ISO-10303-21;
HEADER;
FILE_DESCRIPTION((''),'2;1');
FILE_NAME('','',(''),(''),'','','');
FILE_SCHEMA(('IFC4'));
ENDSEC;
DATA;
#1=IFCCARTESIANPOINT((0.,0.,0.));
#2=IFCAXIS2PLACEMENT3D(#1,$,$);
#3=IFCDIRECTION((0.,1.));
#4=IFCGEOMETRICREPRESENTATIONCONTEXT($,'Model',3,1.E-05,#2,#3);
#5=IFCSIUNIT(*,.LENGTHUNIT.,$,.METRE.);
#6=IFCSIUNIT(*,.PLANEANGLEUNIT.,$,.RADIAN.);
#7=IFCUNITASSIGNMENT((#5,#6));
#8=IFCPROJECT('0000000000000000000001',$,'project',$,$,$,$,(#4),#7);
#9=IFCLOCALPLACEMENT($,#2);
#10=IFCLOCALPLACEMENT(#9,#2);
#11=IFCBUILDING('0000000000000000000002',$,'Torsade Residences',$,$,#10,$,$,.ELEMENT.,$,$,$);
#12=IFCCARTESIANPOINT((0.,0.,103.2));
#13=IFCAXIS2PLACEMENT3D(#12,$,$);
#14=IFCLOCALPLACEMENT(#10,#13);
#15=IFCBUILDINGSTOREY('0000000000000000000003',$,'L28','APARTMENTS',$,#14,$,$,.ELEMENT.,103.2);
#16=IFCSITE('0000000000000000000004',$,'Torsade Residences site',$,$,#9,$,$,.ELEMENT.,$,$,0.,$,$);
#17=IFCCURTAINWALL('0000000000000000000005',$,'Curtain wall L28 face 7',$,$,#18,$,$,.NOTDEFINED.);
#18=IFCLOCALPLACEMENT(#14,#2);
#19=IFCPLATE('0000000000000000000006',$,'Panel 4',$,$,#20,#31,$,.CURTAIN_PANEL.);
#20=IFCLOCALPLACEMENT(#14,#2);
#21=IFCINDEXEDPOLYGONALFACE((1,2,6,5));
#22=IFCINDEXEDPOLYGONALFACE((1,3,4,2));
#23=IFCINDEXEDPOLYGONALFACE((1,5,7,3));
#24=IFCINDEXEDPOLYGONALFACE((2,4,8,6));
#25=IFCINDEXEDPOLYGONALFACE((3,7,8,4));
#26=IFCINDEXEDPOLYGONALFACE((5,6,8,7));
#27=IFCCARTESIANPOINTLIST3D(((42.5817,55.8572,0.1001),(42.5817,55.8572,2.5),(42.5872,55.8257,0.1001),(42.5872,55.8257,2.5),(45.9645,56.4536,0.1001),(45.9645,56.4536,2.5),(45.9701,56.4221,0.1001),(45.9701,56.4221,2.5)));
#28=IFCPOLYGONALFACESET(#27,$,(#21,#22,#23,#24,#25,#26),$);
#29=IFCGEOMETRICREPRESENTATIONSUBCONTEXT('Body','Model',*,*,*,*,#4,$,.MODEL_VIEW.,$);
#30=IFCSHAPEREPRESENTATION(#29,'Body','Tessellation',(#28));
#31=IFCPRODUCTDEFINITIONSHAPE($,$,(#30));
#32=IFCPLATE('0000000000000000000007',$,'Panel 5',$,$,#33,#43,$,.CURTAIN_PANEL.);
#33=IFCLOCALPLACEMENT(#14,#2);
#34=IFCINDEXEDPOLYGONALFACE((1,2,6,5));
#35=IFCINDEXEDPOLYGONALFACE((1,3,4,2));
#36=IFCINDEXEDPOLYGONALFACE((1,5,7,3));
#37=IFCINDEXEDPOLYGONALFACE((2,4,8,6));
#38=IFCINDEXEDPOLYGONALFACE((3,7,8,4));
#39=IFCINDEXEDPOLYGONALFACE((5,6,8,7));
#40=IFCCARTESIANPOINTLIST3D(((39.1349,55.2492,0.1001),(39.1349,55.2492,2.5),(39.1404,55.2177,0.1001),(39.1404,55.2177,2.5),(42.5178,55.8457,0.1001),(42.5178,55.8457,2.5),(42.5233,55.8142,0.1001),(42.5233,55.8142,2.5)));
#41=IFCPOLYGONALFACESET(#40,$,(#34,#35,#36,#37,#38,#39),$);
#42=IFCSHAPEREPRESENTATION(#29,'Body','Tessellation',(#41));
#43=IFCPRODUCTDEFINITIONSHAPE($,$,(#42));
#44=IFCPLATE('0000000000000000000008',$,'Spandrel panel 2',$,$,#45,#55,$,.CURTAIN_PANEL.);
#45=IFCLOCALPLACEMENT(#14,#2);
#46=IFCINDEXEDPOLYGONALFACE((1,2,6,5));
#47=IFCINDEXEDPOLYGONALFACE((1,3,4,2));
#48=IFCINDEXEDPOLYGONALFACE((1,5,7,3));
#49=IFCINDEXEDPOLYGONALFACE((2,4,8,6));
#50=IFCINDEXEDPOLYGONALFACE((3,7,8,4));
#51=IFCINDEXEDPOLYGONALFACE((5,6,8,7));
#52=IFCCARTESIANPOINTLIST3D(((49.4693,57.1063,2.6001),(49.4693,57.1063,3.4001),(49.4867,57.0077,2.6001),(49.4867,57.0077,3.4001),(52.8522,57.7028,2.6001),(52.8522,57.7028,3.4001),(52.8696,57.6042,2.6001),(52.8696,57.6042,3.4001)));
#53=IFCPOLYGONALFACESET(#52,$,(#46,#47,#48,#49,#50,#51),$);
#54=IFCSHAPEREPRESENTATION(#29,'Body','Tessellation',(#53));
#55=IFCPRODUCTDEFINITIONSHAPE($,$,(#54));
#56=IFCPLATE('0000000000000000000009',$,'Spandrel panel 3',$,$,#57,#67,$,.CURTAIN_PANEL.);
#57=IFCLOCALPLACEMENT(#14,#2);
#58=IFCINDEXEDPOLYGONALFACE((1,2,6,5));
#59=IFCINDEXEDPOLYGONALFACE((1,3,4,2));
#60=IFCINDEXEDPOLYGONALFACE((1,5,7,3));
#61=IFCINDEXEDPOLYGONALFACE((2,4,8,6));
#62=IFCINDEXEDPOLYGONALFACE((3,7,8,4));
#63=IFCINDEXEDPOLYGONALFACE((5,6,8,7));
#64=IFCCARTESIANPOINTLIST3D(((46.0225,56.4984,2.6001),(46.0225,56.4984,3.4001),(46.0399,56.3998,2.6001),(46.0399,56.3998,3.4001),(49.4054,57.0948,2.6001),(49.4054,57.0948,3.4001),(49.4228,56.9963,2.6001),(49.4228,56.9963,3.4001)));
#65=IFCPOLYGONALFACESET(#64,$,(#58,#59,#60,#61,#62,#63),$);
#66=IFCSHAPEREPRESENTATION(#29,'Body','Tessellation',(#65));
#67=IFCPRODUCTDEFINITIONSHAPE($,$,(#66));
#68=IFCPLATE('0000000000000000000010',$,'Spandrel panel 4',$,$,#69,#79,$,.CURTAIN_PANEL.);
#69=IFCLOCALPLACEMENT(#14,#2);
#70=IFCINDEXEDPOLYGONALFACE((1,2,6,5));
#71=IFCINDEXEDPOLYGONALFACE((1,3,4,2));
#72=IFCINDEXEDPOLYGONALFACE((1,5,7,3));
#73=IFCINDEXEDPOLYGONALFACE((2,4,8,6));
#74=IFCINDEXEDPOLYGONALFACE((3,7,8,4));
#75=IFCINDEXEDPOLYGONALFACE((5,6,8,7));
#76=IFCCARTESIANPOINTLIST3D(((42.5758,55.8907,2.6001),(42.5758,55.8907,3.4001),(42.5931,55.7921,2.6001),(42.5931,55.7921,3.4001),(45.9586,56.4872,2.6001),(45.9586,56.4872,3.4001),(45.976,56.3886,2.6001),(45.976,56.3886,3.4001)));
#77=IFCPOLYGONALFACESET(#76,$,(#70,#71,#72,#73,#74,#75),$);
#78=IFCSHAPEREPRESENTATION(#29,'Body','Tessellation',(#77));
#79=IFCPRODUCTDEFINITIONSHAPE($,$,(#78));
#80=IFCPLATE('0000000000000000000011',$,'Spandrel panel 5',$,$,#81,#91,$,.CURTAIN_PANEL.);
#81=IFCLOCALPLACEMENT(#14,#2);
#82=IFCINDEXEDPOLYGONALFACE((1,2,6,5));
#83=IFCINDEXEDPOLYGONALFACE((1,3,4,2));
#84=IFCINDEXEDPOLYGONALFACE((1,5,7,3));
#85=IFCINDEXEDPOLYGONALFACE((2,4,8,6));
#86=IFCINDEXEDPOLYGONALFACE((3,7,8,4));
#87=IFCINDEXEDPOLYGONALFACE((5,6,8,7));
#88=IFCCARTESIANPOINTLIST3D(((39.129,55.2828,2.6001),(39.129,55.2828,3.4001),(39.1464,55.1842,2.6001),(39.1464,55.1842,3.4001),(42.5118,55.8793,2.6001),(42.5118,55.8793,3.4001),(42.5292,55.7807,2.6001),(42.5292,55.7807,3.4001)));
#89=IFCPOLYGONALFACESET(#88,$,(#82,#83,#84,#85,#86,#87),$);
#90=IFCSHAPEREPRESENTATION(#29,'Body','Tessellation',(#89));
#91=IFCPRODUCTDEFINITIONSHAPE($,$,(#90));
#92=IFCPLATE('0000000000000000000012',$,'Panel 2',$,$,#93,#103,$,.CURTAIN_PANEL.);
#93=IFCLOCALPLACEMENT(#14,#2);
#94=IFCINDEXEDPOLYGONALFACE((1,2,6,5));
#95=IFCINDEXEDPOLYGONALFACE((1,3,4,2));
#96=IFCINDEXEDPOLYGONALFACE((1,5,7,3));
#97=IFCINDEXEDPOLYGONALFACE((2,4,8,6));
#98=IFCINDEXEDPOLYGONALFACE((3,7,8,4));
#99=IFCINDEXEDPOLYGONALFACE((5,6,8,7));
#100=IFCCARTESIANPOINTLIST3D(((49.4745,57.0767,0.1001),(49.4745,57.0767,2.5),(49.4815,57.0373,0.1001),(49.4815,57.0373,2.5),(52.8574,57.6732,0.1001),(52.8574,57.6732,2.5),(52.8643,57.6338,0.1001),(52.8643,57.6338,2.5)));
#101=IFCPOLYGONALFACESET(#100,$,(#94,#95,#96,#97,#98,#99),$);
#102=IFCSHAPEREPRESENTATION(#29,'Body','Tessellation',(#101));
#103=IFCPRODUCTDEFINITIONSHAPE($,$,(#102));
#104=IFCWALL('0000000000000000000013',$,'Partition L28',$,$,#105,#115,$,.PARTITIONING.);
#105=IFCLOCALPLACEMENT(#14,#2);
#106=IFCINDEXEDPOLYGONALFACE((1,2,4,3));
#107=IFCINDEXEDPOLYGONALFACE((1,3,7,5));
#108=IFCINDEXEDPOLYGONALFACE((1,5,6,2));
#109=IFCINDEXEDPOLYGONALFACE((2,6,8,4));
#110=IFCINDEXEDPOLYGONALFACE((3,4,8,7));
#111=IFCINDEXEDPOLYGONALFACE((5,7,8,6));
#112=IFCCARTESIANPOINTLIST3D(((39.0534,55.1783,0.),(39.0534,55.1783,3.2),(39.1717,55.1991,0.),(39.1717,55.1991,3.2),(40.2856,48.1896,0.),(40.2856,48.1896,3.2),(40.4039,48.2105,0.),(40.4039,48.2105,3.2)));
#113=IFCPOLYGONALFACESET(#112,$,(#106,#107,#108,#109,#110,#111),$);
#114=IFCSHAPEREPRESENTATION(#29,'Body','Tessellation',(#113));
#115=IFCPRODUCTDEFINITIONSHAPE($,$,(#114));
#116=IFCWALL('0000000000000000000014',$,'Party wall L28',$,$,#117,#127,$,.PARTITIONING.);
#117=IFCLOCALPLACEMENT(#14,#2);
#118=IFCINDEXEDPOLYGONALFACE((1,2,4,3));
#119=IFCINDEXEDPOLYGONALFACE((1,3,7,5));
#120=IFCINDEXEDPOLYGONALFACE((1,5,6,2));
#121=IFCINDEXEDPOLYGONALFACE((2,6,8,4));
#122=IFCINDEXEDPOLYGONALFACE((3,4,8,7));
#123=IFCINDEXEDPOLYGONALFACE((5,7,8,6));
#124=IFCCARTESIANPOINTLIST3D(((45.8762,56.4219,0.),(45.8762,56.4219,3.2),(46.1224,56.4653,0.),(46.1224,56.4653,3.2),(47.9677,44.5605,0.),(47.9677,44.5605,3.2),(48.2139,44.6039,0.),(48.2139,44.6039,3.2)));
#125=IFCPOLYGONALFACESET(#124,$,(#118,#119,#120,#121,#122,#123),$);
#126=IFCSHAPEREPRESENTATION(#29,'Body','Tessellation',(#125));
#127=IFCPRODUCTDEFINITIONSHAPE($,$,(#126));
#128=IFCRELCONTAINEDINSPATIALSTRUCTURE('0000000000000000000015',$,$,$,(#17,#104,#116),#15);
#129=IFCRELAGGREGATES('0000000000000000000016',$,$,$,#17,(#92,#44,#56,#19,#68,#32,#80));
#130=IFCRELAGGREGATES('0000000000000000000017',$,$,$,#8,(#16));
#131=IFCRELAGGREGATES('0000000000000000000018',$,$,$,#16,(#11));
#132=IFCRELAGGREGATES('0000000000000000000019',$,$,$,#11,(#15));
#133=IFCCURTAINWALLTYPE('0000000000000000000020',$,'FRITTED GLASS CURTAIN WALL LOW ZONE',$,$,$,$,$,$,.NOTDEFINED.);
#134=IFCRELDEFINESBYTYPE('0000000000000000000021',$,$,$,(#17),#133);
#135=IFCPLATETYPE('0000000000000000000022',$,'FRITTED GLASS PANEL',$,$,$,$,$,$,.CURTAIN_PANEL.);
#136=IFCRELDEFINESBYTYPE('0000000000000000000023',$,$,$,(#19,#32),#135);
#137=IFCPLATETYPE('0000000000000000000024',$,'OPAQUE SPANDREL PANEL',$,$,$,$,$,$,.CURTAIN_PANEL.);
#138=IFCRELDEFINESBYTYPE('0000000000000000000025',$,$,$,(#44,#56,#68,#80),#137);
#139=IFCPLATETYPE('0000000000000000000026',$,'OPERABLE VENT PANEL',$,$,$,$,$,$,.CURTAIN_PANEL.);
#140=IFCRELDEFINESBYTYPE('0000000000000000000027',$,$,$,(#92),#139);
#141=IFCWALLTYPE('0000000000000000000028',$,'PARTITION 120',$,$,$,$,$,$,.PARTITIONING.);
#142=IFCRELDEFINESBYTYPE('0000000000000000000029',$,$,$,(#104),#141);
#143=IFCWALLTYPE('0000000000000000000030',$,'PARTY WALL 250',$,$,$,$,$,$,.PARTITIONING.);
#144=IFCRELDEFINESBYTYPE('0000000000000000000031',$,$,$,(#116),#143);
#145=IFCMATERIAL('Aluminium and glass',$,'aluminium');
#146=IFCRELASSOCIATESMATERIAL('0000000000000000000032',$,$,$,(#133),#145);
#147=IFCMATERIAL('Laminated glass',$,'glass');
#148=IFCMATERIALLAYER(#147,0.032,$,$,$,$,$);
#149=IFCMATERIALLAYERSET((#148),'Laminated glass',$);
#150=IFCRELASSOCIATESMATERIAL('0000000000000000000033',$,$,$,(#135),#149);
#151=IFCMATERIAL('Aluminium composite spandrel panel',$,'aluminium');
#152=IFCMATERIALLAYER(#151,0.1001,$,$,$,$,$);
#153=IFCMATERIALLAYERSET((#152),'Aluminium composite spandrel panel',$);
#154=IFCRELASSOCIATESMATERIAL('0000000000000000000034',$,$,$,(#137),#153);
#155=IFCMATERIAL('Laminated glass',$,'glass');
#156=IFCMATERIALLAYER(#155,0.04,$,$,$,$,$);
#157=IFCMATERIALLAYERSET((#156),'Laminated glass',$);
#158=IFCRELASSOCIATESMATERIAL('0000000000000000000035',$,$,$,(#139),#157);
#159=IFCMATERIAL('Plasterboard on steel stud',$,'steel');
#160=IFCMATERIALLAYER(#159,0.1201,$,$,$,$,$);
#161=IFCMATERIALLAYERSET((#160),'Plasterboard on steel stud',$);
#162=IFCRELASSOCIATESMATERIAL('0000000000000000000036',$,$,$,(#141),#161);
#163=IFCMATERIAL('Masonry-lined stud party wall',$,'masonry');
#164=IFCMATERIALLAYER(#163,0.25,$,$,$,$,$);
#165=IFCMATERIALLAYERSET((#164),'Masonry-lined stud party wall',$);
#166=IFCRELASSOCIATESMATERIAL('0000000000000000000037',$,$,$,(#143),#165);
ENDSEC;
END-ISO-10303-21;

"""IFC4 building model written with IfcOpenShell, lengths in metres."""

from ifc_helpers import new_model, si_unit, direction, frame, frame_2d, origin, origin_2d, place, context, subcontext, project, spatial, rectangle, extrude, material, layer, layer_set, type_object, element, aggregate, save


model = new_model("IFC4")

# Units and contexts
model_context = context("Model", 3, precision=1e-05, world=origin(), true_north=direction((0.0, 1.0)))
body_context = subcontext(model_context, "Body", "Model", "MODEL_VIEW")
ifc_project = project(units=[si_unit("LENGTHUNIT", "METRE"), si_unit("PLANEANGLEUNIT", "RADIAN")], contexts=[model_context])

# Site, building, storey
site_placement = place(None, origin())
site = spatial("IfcSite", under=ifc_project, at=site_placement, Name="Torsade Residences site", CompositionType="ELEMENT", RefElevation=0.0)
building_placement = place(site_placement, origin())
building = spatial("IfcBuilding", under=site, at=building_placement, Name="Torsade Residences", CompositionType="ELEMENT")
storey_placement = place(building_placement, frame((0.0, 0.0, 103.2)))
storey = spatial("IfcBuildingStorey", under=building, at=storey_placement, Name="L28", Description="APARTMENTS", CompositionType="ELEMENT", Elevation=103.2)

# Curtain wall
ifc_material_1 = material(Name="Aluminium and glass", Category="aluminium")
curtain_wall_type = type_object("IfcCurtainWallType", Name="FRITTED GLASS CURTAIN WALL LOW ZONE", PredefinedType="NOTDEFINED", material=ifc_material_1)
curtain_wall_placement = place(storey_placement, origin())
curtain_wall = element("IfcCurtainWall", 1, at=curtain_wall_placement, inside=storey, type_object=curtain_wall_type, Name="Curtain wall L28 face 7", PredefinedType="NOTDEFINED")

# Plates
ifc_material_2 = material(Name="Laminated glass", Category="glass")
ifc_layer_1 = layer(ifc_material_2, 0.032)
ifc_layer_set_1 = layer_set([ifc_layer_1], Name="Laminated glass")
plate_type_1 = type_object("IfcPlateType", Name="FRITTED GLASS PANEL", PredefinedType="CURTAIN_PANEL", material=ifc_layer_set_1)
plate_1_placement = place(storey_placement, frame((44.2759, 56.1396, 0.1001), z_axis=(0.0, 0.0, 1.0), x_axis=(-0.984808, -0.173648, 0.0)))
plate_1 = element("IfcPlate", 2, at=plate_1_placement, type_object=plate_type_1, Name="Panel 4", PredefinedType="CURTAIN_PANEL", context=body_context, shape_type="SweptSolid", body=[
    extrude(rectangle(XDim=3.4351, YDim=0.032, at=origin_2d()), origin(), (0.0, 0.0, 1.0), 2.3999),
])
plate_2_placement = place(storey_placement, frame((40.8291, 55.5317, 0.1001), z_axis=(0.0, 0.0, 1.0), x_axis=(-0.984808, -0.173648, 0.0)))
plate_2 = element("IfcPlate", 3, at=plate_2_placement, type_object=plate_type_1, Name="Panel 5", PredefinedType="CURTAIN_PANEL", context=body_context, shape_type="SweptSolid", body=[
    extrude(rectangle(XDim=3.4351, YDim=0.032, at=origin_2d()), origin(), (0.0, 0.0, 1.0), 2.3999),
])
ifc_material_3 = material(Name="Aluminium composite spandrel panel", Category="aluminium")
ifc_layer_2 = layer(ifc_material_3, 0.1001)
ifc_layer_set_2 = layer_set([ifc_layer_2], Name="Aluminium composite spandrel panel")
plate_type_2 = type_object("IfcPlateType", Name="OPAQUE SPANDREL PANEL", PredefinedType="CURTAIN_PANEL", material=ifc_layer_set_2)
plate_3_placement = place(storey_placement, frame((51.1694, 57.3552, 2.6001), z_axis=(0.0, 0.0, 1.0), x_axis=(-0.984808, -0.173648, 0.0)))
plate_3 = element("IfcPlate", 4, at=plate_3_placement, type_object=plate_type_2, Name="Spandrel panel 2", PredefinedType="CURTAIN_PANEL", context=body_context, shape_type="SweptSolid", body=[
    extrude(rectangle(XDim=3.4351, YDim=0.1001, at=origin_2d()), origin(), (0.0, 0.0, 1.0), 0.8),
])
plate_4_placement = place(storey_placement, frame((47.7227, 56.7473, 2.6001), z_axis=(0.0, 0.0, 1.0), x_axis=(-0.984808, -0.173648, 0.0)))
plate_4 = element("IfcPlate", 5, at=plate_4_placement, type_object=plate_type_2, Name="Spandrel panel 3", PredefinedType="CURTAIN_PANEL", context=body_context, shape_type="SweptSolid", body=[
    extrude(rectangle(XDim=3.4351, YDim=0.1001, at=origin_2d()), origin(), (0.0, 0.0, 1.0), 0.8),
])
plate_5_placement = place(storey_placement, frame((44.2759, 56.1396, 2.6001), z_axis=(0.0, 0.0, 1.0), x_axis=(-0.984808, -0.173648, 0.0)))
plate_5 = element("IfcPlate", 6, at=plate_5_placement, type_object=plate_type_2, Name="Spandrel panel 4", PredefinedType="CURTAIN_PANEL", context=body_context, shape_type="SweptSolid", body=[
    extrude(rectangle(XDim=3.4351, YDim=0.1001, at=origin_2d()), origin(), (0.0, 0.0, 1.0), 0.8),
])
plate_6_placement = place(storey_placement, frame((40.8291, 55.5317, 2.6001), z_axis=(0.0, 0.0, 1.0), x_axis=(-0.984808, -0.173648, 0.0)))
plate_6 = element("IfcPlate", 7, at=plate_6_placement, type_object=plate_type_2, Name="Spandrel panel 5", PredefinedType="CURTAIN_PANEL", context=body_context, shape_type="SweptSolid", body=[
    extrude(rectangle(XDim=3.4351, YDim=0.1001, at=origin_2d()), origin(), (0.0, 0.0, 1.0), 0.8),
])
ifc_material_4 = material(Name="Laminated glass", Category="glass")
ifc_layer_3 = layer(ifc_material_4, 0.04)
ifc_layer_set_3 = layer_set([ifc_layer_3], Name="Laminated glass")
plate_type_3 = type_object("IfcPlateType", Name="OPERABLE VENT PANEL", PredefinedType="CURTAIN_PANEL", material=ifc_layer_set_3)
plate_7_placement = place(storey_placement, frame((51.1694, 57.3552, 0.1001), z_axis=(0.0, 0.0, 1.0), x_axis=(-0.984808, -0.173648, 0.0)))
plate_7 = element("IfcPlate", 8, at=plate_7_placement, type_object=plate_type_3, Name="Panel 2", PredefinedType="CURTAIN_PANEL", context=body_context, shape_type="SweptSolid", body=[
    extrude(rectangle(XDim=3.4351, YDim=0.04, at=origin_2d()), origin(), (0.0, 0.0, 1.0), 2.3999),
])
aggregate(curtain_wall, [plate_7, plate_3, plate_4, plate_1, plate_5, plate_2, plate_6])

# Walls
ifc_material_5 = material(Name="Plasterboard on steel stud", Category="steel")
ifc_layer_4 = layer(ifc_material_5, 0.1201)
ifc_layer_set_4 = layer_set([ifc_layer_4], Name="Plasterboard on steel stud")
wall_type_1 = type_object("IfcWallType", Name="PARTITION 120", PredefinedType="PARTITIONING", material=ifc_layer_set_4)
wall_1_placement = place(storey_placement, frame((40.3447, 48.2, 0.0), z_axis=(0.0, 0.0, 1.0), x_axis=(-0.173636, 0.98481, 0.0)))
element("IfcWall", 9, at=wall_1_placement, inside=storey, type_object=wall_type_1, Name="Partition L28", PredefinedType="PARTITIONING", context=body_context, shape_type="SweptSolid", body=[
    extrude(rectangle(XDim=7.0964, YDim=0.1201, at=frame_2d((3.5483, 0.0))), origin(), (0.0, 0.0, 1.0), 3.2),
])
ifc_material_6 = material(Name="Masonry-lined stud party wall", Category="masonry")
ifc_layer_5 = layer(ifc_material_6, 0.25)
ifc_layer_set_5 = layer_set([ifc_layer_5], Name="Masonry-lined stud party wall")
wall_type_2 = type_object("IfcWallType", Name="PARTY WALL 250", PredefinedType="PARTITIONING", material=ifc_layer_set_5)
wall_2_placement = place(storey_placement, frame((45.9993, 56.4436, 0.0), z_axis=(0.0, 0.0, 1.0), x_axis=(0.173655, -0.984807, 0.0)))
element("IfcWall", 10, at=wall_2_placement, inside=storey, type_object=wall_type_2, Name="Party wall L28", PredefinedType="PARTITIONING", context=body_context, shape_type="SweptSolid", body=[
    extrude(rectangle(XDim=12.0444, YDim=0.25, at=frame_2d((6.0222, 0.0))), origin(), (0.0, 0.0, 1.0), 3.2),
])

save(model, "model.ifc")
